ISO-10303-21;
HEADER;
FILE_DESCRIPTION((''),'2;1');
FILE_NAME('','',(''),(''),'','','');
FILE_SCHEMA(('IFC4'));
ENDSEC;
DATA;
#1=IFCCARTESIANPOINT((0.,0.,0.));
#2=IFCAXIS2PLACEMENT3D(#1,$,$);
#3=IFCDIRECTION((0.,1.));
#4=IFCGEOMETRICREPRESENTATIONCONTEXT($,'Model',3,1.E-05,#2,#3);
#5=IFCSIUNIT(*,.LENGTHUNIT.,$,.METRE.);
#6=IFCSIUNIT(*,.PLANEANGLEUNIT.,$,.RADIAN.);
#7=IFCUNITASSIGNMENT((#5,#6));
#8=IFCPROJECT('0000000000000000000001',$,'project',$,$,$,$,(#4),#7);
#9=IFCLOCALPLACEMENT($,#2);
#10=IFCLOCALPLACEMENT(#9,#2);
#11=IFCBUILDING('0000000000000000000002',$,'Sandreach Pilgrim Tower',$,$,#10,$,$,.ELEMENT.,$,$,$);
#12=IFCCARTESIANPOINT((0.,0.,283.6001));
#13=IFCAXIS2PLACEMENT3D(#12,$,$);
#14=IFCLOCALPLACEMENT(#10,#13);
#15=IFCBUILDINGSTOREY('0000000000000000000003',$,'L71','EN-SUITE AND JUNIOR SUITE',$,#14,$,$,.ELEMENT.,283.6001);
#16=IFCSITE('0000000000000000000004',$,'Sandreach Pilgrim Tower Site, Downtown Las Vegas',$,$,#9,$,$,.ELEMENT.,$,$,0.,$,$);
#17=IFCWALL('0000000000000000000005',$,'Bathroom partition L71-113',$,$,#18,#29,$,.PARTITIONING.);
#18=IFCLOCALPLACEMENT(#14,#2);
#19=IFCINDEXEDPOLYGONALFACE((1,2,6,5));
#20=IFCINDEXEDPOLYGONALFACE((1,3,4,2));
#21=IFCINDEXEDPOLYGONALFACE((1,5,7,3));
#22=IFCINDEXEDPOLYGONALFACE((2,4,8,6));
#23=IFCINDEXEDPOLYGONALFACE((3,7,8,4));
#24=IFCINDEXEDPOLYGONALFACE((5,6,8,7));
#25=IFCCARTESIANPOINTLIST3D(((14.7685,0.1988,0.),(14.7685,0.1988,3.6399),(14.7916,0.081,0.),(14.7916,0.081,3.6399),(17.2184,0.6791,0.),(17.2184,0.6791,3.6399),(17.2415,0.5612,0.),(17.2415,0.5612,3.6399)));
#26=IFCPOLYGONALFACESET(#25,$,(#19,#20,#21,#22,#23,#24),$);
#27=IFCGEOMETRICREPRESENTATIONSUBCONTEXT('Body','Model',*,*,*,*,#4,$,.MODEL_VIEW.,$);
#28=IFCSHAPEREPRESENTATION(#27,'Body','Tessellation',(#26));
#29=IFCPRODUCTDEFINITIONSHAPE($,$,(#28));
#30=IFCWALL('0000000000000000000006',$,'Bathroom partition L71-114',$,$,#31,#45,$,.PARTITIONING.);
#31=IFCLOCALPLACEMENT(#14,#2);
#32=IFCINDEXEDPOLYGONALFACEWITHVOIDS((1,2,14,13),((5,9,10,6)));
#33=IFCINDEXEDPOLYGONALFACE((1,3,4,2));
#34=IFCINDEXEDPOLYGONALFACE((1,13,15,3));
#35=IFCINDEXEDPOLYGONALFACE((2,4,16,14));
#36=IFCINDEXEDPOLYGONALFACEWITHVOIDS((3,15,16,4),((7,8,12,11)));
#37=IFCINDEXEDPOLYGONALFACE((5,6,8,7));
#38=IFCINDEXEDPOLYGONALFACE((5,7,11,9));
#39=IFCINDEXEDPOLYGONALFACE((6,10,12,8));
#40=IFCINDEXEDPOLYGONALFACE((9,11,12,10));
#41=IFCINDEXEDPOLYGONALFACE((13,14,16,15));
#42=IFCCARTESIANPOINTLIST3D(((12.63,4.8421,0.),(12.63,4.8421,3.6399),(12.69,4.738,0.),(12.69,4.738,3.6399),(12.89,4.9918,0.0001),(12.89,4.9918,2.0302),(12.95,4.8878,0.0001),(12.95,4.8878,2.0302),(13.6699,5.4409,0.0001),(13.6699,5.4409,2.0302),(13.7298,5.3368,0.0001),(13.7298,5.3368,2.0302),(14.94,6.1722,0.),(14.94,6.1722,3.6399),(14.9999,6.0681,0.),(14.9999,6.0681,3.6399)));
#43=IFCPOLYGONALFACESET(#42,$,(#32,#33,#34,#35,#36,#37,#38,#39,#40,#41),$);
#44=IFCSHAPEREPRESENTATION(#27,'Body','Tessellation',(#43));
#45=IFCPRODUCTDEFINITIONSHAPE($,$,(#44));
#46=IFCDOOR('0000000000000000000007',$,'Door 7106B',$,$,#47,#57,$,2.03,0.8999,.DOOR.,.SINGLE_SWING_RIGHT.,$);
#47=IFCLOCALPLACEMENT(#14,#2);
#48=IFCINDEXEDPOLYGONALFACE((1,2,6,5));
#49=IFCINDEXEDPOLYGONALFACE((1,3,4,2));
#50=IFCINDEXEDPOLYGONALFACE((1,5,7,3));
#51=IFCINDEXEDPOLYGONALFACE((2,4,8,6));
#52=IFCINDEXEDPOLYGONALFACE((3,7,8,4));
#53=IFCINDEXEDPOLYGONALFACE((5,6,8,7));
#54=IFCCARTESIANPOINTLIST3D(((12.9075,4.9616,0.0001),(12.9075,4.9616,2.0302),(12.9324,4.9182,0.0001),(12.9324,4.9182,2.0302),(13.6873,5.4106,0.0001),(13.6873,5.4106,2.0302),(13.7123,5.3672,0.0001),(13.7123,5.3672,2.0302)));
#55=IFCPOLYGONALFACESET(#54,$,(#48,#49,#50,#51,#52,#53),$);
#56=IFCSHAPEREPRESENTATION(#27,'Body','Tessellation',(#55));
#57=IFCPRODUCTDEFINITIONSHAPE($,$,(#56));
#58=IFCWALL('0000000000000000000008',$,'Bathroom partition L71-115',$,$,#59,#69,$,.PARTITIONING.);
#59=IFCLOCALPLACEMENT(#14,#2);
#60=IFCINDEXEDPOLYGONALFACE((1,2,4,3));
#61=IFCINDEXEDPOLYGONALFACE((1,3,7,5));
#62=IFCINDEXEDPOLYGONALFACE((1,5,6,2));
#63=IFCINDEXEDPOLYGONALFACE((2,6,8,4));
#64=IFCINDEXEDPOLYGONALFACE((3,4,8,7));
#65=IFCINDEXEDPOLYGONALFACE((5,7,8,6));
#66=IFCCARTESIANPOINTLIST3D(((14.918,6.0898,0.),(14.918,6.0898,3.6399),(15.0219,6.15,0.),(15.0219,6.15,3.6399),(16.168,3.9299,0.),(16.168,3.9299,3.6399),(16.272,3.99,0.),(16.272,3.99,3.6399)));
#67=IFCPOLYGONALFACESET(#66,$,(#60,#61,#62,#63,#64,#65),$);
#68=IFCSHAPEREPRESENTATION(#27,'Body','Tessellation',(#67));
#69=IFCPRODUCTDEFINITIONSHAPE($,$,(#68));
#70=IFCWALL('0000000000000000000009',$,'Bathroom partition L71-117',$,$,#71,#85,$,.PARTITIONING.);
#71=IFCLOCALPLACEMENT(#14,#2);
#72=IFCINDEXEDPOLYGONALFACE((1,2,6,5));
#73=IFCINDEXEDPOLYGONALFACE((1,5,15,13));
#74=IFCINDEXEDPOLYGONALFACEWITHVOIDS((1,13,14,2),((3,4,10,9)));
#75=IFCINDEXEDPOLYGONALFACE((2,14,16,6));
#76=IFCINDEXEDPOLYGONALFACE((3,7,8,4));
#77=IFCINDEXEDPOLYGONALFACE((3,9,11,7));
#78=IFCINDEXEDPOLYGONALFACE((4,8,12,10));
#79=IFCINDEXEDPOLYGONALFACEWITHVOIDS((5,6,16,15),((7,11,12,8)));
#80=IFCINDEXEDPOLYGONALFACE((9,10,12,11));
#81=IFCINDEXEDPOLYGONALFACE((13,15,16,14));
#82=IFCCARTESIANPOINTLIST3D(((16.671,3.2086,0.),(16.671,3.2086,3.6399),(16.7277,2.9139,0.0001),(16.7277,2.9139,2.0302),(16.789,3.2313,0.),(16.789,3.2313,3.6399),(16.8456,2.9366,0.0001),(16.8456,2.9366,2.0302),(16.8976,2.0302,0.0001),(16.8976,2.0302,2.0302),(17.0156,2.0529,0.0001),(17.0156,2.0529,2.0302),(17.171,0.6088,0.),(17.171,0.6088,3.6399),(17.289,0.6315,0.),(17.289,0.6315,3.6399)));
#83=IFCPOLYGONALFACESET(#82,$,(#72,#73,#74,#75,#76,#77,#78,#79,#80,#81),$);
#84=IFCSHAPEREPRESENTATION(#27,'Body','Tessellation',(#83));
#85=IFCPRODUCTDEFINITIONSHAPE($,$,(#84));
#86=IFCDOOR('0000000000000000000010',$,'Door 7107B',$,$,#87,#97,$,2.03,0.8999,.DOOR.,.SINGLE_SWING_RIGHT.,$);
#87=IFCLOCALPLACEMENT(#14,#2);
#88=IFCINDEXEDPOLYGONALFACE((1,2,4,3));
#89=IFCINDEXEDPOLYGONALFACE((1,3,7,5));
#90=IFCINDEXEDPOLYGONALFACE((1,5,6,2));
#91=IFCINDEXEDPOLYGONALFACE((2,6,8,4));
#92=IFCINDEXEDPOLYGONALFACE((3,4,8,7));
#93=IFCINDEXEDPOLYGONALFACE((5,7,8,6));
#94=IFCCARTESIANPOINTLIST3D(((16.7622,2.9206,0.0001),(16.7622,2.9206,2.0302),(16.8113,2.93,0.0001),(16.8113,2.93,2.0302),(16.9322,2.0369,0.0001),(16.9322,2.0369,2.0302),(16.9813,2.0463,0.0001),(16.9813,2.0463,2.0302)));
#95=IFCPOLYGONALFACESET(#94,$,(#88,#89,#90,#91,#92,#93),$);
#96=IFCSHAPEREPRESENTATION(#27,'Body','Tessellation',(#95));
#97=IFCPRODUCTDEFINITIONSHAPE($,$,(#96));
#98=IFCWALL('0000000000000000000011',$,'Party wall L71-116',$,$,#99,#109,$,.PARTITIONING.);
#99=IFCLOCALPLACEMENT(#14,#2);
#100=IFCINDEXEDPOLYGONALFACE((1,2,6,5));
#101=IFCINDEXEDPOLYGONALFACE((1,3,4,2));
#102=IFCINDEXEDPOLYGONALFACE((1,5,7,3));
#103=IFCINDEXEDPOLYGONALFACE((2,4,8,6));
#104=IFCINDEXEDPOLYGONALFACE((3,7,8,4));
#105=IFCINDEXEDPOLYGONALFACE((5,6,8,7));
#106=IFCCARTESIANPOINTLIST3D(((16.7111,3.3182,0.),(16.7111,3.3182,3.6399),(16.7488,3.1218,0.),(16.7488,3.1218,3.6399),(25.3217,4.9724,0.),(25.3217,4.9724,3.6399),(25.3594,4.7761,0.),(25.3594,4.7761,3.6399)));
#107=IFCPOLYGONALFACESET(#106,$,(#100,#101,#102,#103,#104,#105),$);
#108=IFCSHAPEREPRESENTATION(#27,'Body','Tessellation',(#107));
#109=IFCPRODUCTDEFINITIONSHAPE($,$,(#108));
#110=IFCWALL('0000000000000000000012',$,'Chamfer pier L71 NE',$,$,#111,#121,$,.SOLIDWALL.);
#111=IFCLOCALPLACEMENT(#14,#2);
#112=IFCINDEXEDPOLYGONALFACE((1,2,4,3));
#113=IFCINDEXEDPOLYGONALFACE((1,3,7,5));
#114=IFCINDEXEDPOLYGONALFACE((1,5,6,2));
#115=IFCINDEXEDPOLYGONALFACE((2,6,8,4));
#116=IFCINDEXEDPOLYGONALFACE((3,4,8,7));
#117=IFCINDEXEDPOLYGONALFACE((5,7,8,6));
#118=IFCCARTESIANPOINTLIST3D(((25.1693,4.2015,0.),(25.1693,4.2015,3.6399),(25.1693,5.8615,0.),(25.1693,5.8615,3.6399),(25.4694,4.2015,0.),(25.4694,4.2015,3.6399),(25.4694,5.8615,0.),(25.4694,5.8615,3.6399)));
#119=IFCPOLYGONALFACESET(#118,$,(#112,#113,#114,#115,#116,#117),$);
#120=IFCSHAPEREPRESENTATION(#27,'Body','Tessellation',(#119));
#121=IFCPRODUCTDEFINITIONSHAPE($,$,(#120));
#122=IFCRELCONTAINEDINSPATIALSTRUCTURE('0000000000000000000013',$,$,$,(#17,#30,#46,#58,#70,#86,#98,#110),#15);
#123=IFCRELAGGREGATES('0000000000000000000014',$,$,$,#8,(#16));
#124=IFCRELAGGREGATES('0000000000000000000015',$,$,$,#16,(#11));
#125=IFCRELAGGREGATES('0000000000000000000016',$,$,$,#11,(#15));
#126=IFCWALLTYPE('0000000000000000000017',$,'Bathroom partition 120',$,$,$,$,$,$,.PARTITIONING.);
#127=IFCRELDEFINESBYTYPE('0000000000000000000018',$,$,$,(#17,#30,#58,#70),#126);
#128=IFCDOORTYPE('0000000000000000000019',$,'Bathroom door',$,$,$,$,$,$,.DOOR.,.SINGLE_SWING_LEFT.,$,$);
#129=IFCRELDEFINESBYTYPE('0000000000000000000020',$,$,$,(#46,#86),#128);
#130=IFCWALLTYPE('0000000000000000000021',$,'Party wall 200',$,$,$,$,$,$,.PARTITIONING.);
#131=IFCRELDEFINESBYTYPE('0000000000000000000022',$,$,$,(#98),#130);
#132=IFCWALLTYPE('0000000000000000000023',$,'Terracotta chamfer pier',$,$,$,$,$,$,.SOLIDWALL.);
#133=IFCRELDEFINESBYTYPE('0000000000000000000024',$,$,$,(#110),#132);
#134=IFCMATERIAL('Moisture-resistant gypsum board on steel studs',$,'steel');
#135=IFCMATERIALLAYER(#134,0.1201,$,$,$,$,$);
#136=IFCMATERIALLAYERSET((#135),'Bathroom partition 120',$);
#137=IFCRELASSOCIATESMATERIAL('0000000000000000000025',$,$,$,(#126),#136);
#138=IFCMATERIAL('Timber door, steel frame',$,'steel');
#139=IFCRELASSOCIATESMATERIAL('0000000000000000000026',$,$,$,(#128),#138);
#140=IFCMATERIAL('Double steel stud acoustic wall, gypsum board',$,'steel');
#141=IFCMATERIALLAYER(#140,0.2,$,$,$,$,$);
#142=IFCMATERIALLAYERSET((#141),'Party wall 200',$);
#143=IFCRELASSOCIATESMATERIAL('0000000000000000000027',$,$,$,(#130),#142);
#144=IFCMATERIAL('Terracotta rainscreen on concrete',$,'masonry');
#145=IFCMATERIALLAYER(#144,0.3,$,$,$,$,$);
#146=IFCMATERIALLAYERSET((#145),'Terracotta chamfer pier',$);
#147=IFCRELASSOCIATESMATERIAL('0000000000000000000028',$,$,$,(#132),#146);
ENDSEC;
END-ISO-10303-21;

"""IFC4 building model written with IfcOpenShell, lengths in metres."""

from ifc_helpers import new_model, si_unit, direction, frame, frame_2d, origin, place, context, subcontext, project, spatial, rectangle, extrude, material, layer, layer_set, type_object, element, fill, save


model = new_model("IFC4")

# Units and contexts
model_context = context("Model", 3, precision=1e-05, world=origin(), true_north=direction((0.0, 1.0)))
body_context = subcontext(model_context, "Body", "Model", "MODEL_VIEW")
ifc_project = project(units=[si_unit("LENGTHUNIT", "METRE"), si_unit("PLANEANGLEUNIT", "RADIAN")], contexts=[model_context])

# Site, building, storey
site_placement = place(None, origin())
site = spatial("IfcSite", under=ifc_project, at=site_placement, Name="Sandreach Pilgrim Tower Site, Downtown Las Vegas", CompositionType="ELEMENT", RefElevation=0.0)
building_placement = place(site_placement, origin())
building = spatial("IfcBuilding", under=site, at=building_placement, Name="Sandreach Pilgrim Tower", CompositionType="ELEMENT")
storey_placement = place(building_placement, frame((0.0, 0.0, 283.6001)))
storey = spatial("IfcBuildingStorey", under=building, at=storey_placement, Name="L71", Description="EN-SUITE AND JUNIOR SUITE", CompositionType="ELEMENT", Elevation=283.6001)

# Wall
ifc_material_1 = material(Name="Moisture-resistant gypsum board on steel studs", Category="steel")
ifc_layer_1 = layer(ifc_material_1, 0.1201)
ifc_layer_set_1 = layer_set([ifc_layer_1], Name="Bathroom partition 120")
wall_type_1 = type_object("IfcWallType", Name="Bathroom partition 120", PredefinedType="PARTITIONING", material=ifc_layer_set_1)
wall_1_placement = place(storey_placement, frame((14.78, 0.1399, 0.0), z_axis=(0.0, 0.0, 1.0), x_axis=(0.981326, 0.192354, 0.0)))
element("IfcWall", 1, at=wall_1_placement, inside=storey, type_object=wall_type_1, Name="Bathroom partition L71-113", PredefinedType="PARTITIONING", context=body_context, shape_type="SweptSolid", body=[
    extrude(rectangle(XDim=2.4966, YDim=0.1201, at=frame_2d((1.2483, 0.0))), origin(), (0.0, 0.0, 1.0), 3.6399),
])

# Wall, opening, door
wall_2_placement = place(storey_placement, frame((14.97, 6.1201, 0.0), z_axis=(0.0, 0.0, 1.0), x_axis=(-0.866615, -0.498977, 0.0)))
wall_2 = element("IfcWall", 2, at=wall_2_placement, inside=storey, type_object=wall_type_1, Name="Bathroom partition L71-114", PredefinedType="PARTITIONING", context=body_context, shape_type="SweptSolid", body=[
    extrude(rectangle(XDim=2.6655, YDim=0.1201, at=frame_2d((1.3328, 0.0))), origin(), (0.0, 0.0, 1.0), 3.6399),
])
opening_1_placement = place(wall_2_placement, frame((1.4656, 0.0, 0.0)))
opening_1 = element("IfcOpeningElement", 3, at=opening_1_placement, cuts=wall_2, PredefinedType="OPENING", context=body_context, shape_type="SweptSolid", body=[
    extrude(rectangle(XDim=0.8999, YDim=2.03, at=frame_2d((0.45, 1.0151))), frame((0.0, 0.0601, 0.0), z_axis=(0.0, -1.0, 0.0), x_axis=(1.0, 0.0, 0.0)), (0.0, 0.0, 1.0), 0.1201),
])
ifc_material_2 = material(Name="Timber door, steel frame", Category="steel")
door_type = type_object("IfcDoorType", Name="Bathroom door", OperationType="SINGLE_SWING_LEFT", PredefinedType="DOOR", material=ifc_material_2)
door_1_placement = place(opening_1_placement, origin())
door_1 = element("IfcDoor", 4, at=door_1_placement, inside=storey, type_object=door_type, Name="Door 7106B", OperationType="SINGLE_SWING_RIGHT", OverallHeight=2.03, OverallWidth=0.8999, PredefinedType="DOOR", context=body_context, shape_type="SweptSolid", body=[
    extrude(rectangle(XDim=0.8999, YDim=2.03, at=frame_2d((0.45, 1.0151))), frame((0.0, 0.0249, 0.0), z_axis=(0.0, -1.0, 0.0), x_axis=(1.0, 0.0, 0.0)), (0.0, 0.0, 1.0), 0.05),
])
fill(opening_1, door_1)

# Wall
wall_3_placement = place(storey_placement, frame((16.22, 3.96, 0.0), z_axis=(0.0, 0.0, 1.0), x_axis=(-0.500894, 0.865509, 0.0)))
element("IfcWall", 5, at=wall_3_placement, inside=storey, type_object=wall_type_1, Name="Bathroom partition L71-115", PredefinedType="PARTITIONING", context=body_context, shape_type="SweptSolid", body=[
    extrude(rectangle(XDim=2.4956, YDim=0.1201, at=frame_2d((1.2478, 0.0))), origin(), (0.0, 0.0, 1.0), 3.6399),
])

# Wall, opening, door
wall_4_placement = place(storey_placement, frame((17.23, 0.6201, 0.0), z_axis=(0.0, 0.0, 1.0), x_axis=(-0.188858, 0.982004, 0.0)))
wall_4 = element("IfcWall", 6, at=wall_4_placement, inside=storey, type_object=wall_type_1, Name="Bathroom partition L71-117", PredefinedType="PARTITIONING", context=body_context, shape_type="SweptSolid", body=[
    extrude(rectangle(XDim=2.6475, YDim=0.1201, at=frame_2d((1.3237, 0.0))), origin(), (0.0, 0.0, 1.0), 3.6399),
])
opening_2_placement = place(wall_4_placement, frame((1.4475, 0.0, 0.0)))
opening_2 = element("IfcOpeningElement", 7, at=opening_2_placement, cuts=wall_4, PredefinedType="OPENING", context=body_context, shape_type="SweptSolid", body=[
    extrude(rectangle(XDim=0.8999, YDim=2.03, at=frame_2d((0.45, 1.0151))), frame((0.0, 0.0601, 0.0), z_axis=(0.0, -1.0, 0.0), x_axis=(1.0, 0.0, 0.0)), (0.0, 0.0, 1.0), 0.1201),
])
door_2_placement = place(opening_2_placement, origin())
door_2 = element("IfcDoor", 8, at=door_2_placement, inside=storey, type_object=door_type, Name="Door 7107B", OperationType="SINGLE_SWING_RIGHT", OverallHeight=2.03, OverallWidth=0.8999, PredefinedType="DOOR", context=body_context, shape_type="SweptSolid", body=[
    extrude(rectangle(XDim=0.8999, YDim=2.03, at=frame_2d((0.45, 1.0151))), frame((0.0, 0.0249, 0.0), z_axis=(0.0, -1.0, 0.0), x_axis=(1.0, 0.0, 0.0)), (0.0, 0.0, 1.0), 0.05),
])
fill(opening_2, door_2)

# Walls
ifc_material_3 = material(Name="Double steel stud acoustic wall, gypsum board", Category="steel")
ifc_layer_2 = layer(ifc_material_3, 0.2)
ifc_layer_set_2 = layer_set([ifc_layer_2], Name="Party wall 200")
wall_type_2 = type_object("IfcWallType", Name="Party wall 200", PredefinedType="PARTITIONING", material=ifc_layer_set_2)
wall_5_placement = place(storey_placement, frame((16.73, 3.22, 0.0), z_axis=(0.0, 0.0, 1.0), x_axis=(0.98204, 0.188673, 0.0)))
element("IfcWall", 9, at=wall_5_placement, inside=storey, type_object=wall_type_2, Name="Party wall L71-116", PredefinedType="PARTITIONING", context=body_context, shape_type="SweptSolid", body=[
    extrude(rectangle(XDim=8.7681, YDim=0.2, at=frame_2d((4.384, 0.0))), origin(), (0.0, 0.0, 1.0), 3.6399),
])
ifc_material_4 = material(Name="Terracotta rainscreen on concrete", Category="masonry")
ifc_layer_3 = layer(ifc_material_4, 0.3)
ifc_layer_set_3 = layer_set([ifc_layer_3], Name="Terracotta chamfer pier")
wall_type_3 = type_object("IfcWallType", Name="Terracotta chamfer pier", PredefinedType="SOLIDWALL", material=ifc_layer_set_3)
wall_6_placement = place(storey_placement, frame((25.3193, 5.8616, 0.0), z_axis=(0.0, 0.0, 1.0), x_axis=(0.0, -1.0, 0.0)))
element("IfcWall", 10, at=wall_6_placement, inside=storey, type_object=wall_type_3, Name="Chamfer pier L71 NE", PredefinedType="SOLIDWALL", context=body_context, shape_type="SweptSolid", body=[
    extrude(rectangle(XDim=1.6599, YDim=0.3, at=frame_2d((0.8301, 0.0))), origin(), (0.0, 0.0, 1.0), 3.6399),
])

save(model, "model.ifc")
